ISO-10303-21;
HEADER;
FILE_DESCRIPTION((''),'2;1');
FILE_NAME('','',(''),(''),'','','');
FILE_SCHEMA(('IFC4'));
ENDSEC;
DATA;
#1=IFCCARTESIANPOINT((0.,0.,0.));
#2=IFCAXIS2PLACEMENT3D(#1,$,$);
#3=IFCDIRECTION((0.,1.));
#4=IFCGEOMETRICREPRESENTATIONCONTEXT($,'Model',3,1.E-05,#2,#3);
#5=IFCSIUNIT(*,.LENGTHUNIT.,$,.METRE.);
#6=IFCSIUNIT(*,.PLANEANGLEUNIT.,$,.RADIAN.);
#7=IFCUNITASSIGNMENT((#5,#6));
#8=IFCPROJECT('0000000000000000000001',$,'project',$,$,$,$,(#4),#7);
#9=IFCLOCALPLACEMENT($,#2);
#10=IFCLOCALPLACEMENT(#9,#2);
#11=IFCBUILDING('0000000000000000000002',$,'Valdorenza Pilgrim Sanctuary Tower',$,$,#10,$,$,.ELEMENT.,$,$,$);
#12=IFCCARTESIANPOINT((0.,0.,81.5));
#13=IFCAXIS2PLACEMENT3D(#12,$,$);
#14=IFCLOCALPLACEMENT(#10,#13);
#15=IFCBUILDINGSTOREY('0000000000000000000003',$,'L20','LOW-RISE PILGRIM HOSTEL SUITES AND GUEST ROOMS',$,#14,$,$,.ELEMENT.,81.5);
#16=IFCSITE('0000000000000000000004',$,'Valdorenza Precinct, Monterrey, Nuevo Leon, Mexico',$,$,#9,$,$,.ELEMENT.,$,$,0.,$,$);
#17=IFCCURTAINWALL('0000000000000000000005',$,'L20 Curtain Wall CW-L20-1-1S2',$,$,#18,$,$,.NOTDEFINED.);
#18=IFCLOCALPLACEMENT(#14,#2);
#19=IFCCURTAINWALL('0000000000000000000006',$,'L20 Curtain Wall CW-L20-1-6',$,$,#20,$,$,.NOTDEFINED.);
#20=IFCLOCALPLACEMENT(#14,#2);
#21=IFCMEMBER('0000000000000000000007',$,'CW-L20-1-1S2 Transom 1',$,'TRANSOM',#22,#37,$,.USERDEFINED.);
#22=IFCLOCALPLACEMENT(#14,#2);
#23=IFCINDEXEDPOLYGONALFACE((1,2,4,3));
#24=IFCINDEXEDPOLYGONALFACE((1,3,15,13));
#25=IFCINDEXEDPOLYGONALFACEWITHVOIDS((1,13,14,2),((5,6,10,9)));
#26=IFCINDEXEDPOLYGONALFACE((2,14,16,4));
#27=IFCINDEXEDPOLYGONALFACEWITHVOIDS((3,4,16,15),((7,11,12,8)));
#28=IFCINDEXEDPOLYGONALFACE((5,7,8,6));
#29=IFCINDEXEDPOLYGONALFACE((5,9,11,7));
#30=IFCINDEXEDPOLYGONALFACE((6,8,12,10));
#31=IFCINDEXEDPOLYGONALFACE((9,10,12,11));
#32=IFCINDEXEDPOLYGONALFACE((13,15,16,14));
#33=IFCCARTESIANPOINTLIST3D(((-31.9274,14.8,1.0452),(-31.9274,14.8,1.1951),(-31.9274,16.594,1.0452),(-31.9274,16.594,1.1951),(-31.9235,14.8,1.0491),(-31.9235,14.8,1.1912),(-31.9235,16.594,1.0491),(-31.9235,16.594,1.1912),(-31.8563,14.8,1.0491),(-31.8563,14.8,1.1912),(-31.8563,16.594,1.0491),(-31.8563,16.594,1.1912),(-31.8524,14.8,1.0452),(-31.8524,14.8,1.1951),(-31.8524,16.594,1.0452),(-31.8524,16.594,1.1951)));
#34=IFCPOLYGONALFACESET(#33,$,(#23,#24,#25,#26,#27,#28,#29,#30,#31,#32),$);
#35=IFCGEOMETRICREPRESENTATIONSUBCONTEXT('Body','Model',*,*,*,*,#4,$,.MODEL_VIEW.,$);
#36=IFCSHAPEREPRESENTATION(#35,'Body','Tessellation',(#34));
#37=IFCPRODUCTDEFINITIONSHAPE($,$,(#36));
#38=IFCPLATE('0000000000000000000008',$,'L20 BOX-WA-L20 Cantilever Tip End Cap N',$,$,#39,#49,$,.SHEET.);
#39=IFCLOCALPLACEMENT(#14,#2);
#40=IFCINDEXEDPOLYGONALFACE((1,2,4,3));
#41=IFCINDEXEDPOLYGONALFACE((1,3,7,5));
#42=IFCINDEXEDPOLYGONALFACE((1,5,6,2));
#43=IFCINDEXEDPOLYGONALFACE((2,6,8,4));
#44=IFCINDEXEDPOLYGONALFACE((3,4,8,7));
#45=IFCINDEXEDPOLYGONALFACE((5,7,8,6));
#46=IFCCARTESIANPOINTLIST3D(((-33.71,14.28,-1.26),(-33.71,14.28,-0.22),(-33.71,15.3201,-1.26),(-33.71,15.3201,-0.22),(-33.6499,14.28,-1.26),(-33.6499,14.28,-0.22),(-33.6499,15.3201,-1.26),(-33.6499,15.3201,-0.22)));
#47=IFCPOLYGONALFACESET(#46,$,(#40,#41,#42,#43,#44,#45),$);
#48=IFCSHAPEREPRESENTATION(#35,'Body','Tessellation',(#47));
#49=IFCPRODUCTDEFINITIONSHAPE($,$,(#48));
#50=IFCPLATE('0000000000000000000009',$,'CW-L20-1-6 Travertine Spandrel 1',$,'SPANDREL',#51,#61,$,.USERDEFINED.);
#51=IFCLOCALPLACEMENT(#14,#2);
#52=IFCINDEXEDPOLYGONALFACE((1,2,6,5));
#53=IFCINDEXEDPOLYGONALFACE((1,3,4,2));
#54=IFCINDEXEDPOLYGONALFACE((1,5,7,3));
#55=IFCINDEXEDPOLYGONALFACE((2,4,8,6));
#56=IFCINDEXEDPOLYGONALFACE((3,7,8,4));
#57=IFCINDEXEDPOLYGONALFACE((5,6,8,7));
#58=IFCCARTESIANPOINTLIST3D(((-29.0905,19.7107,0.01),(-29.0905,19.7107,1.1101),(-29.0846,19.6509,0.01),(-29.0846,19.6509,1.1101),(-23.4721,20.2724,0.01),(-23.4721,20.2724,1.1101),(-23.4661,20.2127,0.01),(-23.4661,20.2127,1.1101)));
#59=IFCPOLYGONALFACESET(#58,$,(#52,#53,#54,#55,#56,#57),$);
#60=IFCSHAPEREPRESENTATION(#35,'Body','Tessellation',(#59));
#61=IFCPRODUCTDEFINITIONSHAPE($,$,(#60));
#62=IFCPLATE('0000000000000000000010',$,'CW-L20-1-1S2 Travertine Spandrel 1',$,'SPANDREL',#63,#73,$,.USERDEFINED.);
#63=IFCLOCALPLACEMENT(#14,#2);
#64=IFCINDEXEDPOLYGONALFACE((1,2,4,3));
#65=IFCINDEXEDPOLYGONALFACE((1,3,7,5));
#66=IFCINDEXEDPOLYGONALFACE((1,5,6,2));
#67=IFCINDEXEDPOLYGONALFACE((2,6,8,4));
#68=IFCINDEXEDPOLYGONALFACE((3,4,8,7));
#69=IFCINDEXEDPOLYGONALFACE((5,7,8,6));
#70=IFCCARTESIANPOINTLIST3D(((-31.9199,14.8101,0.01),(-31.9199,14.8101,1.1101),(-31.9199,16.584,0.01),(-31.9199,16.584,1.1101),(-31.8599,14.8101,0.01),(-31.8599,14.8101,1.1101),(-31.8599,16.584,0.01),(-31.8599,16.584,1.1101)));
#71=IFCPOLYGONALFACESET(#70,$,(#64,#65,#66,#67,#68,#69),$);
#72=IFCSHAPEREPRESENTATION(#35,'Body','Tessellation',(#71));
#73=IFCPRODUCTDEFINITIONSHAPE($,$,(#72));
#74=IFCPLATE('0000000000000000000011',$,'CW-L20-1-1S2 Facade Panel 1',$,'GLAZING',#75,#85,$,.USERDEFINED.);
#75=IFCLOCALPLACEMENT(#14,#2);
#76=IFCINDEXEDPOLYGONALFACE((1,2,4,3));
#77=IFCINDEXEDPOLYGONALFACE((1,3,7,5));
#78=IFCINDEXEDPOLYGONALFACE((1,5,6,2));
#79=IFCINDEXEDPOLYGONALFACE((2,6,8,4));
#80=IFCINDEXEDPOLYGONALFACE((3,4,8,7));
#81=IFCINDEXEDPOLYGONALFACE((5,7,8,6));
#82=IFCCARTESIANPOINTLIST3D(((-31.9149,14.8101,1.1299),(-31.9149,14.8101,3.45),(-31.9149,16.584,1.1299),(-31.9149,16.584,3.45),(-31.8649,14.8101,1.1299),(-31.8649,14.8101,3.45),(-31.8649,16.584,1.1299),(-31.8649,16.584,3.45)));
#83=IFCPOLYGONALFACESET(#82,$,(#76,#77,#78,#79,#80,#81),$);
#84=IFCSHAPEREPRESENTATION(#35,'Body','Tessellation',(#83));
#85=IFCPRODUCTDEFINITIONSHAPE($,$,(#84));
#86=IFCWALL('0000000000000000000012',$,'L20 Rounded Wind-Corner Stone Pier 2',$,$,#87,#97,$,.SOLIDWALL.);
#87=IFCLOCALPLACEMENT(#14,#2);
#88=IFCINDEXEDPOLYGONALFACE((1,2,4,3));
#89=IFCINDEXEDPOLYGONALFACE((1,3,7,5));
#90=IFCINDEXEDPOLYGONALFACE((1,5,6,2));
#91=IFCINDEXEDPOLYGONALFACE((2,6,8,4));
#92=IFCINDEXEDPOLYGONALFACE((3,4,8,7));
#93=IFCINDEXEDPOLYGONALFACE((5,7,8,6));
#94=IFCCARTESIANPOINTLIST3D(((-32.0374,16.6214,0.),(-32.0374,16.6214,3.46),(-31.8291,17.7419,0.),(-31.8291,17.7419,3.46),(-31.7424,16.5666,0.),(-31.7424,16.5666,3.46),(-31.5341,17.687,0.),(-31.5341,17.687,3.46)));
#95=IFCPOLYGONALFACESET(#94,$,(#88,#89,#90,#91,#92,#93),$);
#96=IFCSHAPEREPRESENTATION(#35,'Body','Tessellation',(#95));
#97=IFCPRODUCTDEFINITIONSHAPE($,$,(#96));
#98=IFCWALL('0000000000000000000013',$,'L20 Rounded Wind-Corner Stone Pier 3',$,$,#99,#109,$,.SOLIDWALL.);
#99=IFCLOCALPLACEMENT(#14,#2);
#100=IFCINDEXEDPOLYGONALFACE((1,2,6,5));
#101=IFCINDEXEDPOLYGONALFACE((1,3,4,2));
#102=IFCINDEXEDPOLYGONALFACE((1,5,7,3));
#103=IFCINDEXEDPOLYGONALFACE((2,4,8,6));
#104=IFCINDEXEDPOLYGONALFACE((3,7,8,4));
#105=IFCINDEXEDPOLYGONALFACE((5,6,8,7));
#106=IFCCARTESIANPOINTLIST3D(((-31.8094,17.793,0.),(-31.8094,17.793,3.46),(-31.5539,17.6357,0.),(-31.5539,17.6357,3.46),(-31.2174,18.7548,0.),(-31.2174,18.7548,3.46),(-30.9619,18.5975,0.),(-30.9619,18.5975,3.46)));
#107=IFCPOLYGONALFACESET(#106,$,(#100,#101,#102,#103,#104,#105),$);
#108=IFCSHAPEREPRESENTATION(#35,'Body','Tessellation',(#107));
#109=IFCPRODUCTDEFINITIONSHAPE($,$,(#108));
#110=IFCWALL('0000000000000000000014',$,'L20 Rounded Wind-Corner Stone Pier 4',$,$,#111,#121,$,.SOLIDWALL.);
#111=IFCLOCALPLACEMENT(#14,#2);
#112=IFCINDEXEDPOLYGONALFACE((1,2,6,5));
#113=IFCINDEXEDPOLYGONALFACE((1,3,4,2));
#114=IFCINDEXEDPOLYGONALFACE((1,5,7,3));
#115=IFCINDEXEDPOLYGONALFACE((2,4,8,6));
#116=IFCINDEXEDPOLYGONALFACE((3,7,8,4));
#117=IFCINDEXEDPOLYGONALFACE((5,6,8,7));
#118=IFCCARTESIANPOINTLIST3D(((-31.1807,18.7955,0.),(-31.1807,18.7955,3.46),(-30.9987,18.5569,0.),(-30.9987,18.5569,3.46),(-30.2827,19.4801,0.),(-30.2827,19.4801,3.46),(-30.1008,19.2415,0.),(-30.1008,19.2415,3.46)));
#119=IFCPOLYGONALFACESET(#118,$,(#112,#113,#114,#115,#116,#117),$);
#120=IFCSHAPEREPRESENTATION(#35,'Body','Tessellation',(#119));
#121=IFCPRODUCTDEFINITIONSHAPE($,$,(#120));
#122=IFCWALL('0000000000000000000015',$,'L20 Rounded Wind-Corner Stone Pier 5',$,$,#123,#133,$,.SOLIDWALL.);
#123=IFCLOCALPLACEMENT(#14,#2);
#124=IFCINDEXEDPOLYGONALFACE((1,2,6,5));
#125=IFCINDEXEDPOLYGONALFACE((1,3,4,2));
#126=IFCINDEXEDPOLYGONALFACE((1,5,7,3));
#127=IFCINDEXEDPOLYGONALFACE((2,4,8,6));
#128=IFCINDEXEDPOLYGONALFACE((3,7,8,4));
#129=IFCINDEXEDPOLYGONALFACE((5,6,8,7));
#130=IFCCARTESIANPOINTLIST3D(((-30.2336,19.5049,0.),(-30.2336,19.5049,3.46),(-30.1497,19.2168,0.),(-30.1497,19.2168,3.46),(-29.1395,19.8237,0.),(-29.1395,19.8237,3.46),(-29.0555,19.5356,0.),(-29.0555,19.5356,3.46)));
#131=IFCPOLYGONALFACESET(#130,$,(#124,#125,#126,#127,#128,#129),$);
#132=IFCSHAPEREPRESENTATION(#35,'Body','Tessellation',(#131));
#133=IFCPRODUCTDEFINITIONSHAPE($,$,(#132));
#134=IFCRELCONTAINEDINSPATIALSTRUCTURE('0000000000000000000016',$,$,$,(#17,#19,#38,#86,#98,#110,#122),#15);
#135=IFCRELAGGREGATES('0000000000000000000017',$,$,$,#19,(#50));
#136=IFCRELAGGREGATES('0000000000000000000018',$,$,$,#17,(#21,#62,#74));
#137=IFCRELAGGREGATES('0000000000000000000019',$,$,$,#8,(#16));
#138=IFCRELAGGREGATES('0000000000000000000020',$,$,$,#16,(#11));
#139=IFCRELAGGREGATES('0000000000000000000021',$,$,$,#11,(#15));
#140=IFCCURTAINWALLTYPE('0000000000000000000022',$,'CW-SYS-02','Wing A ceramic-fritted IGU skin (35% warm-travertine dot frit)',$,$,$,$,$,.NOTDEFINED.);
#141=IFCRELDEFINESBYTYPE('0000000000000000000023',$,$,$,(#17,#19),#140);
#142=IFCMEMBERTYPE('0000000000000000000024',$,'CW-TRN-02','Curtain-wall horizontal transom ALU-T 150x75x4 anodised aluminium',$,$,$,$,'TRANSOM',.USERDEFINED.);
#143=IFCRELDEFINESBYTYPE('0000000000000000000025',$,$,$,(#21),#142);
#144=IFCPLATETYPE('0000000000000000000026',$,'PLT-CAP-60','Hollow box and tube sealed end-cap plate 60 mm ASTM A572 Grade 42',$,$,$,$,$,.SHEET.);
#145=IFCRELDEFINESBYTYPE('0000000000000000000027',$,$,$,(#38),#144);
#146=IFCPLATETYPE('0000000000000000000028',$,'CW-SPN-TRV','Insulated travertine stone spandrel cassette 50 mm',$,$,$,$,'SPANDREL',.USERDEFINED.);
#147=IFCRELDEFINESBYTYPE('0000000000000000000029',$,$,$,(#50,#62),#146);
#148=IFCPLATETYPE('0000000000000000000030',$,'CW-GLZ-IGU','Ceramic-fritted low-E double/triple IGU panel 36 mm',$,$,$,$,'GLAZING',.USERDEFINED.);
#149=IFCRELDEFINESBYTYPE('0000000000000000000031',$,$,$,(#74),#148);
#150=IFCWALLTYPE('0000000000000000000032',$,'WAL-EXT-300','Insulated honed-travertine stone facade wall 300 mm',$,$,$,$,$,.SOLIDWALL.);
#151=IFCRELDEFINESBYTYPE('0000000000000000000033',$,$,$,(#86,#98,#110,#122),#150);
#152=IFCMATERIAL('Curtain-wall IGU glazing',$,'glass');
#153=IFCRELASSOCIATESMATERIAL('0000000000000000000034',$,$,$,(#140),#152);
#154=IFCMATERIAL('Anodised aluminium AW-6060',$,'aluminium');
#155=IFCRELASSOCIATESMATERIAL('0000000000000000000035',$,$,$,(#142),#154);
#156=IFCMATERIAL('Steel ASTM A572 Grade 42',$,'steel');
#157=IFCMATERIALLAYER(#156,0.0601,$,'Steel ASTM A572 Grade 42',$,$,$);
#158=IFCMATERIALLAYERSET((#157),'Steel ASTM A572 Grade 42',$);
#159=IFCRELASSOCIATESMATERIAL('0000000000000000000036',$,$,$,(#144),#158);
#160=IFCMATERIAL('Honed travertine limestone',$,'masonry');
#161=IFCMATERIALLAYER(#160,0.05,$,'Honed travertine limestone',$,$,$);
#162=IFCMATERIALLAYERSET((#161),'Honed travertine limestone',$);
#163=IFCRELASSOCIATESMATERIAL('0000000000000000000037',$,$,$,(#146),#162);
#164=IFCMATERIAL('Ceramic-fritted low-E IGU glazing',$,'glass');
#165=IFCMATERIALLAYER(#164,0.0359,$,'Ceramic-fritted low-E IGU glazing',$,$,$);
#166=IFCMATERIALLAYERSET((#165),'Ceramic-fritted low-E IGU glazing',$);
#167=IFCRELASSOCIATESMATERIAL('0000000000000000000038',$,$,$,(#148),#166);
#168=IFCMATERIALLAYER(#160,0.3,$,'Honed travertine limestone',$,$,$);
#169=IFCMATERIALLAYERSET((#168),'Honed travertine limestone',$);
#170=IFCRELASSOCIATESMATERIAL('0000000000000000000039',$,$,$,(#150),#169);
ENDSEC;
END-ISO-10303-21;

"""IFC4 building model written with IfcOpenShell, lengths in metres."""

from ifc_helpers import new_model, si_unit, direction, frame, frame_2d, origin, origin_2d, place, context, subcontext, project, spatial, rectangle, hollow_rectangle, extrude, source, transform, mapped, material, layer, layer_set, material_profile, profile_set, type_object, element, aggregate, save


model = new_model("IFC4")

# Units and contexts
model_context = context("Model", 3, precision=1e-05, world=origin(), true_north=direction((0.0, 1.0)))
body_context = subcontext(model_context, "Body", "Model", "MODEL_VIEW")
ifc_project = project(units=[si_unit("LENGTHUNIT", "METRE"), si_unit("PLANEANGLEUNIT", "RADIAN")], contexts=[model_context])

# Site, building, storey
site_placement = place(None, origin())
site = spatial("IfcSite", under=ifc_project, at=site_placement, Name="Valdorenza Precinct, Monterrey, Nuevo Leon, Mexico", CompositionType="ELEMENT", RefElevation=0.0)
building_placement = place(site_placement, origin())
building = spatial("IfcBuilding", under=site, at=building_placement, Name="Valdorenza Pilgrim Sanctuary Tower", CompositionType="ELEMENT")
storey_placement = place(building_placement, frame((0.0, 0.0, 81.5)))
storey = spatial("IfcBuildingStorey", under=building, at=storey_placement, Name="L20", Description="LOW-RISE PILGRIM HOSTEL SUITES AND GUEST ROOMS", CompositionType="ELEMENT", Elevation=81.5)

# Shared definitions
ifc_material_1 = material(Name="Steel ASTM A572 Grade 42", Category="steel")

# Curtain walls
ifc_material_2 = material(Name="Curtain-wall IGU glazing", Category="glass")
curtain_wall_type = type_object("IfcCurtainWallType", Name="CW-SYS-02", Description="Wing A ceramic-fritted IGU skin (35% warm-travertine dot frit)", PredefinedType="NOTDEFINED", material=ifc_material_2)
curtain_wall_1_placement = place(storey_placement, origin())
curtain_wall_1 = element("IfcCurtainWall", 1, at=curtain_wall_1_placement, inside=storey, type_object=curtain_wall_type, Name="L20 Curtain Wall CW-L20-1-1S2", PredefinedType="NOTDEFINED")
ifc_material_3 = material(Name="Anodised aluminium AW-6060", Category="aluminium")
curtain_wall_2_placement = place(storey_placement, origin())
curtain_wall_2 = element("IfcCurtainWall", 2, at=curtain_wall_2_placement, inside=storey, type_object=curtain_wall_type, Name="L20 Curtain Wall CW-L20-1-6", PredefinedType="NOTDEFINED")
ifc_material_profile_1 = material_profile(ifc_material_3, hollow_rectangle(XDim=0.075, YDim=0.1499, WallThickness=0.0039, at=origin_2d()), Name="ALU-T 150x75x4")
ifc_profile_set_1 = profile_set([ifc_material_profile_1], Name="Anodised aluminium AW-6060")
member_type_1 = type_object("IfcMemberType", Name="CW-TRN-02", Description="Curtain-wall horizontal transom ALU-T 150x75x4 anodised aluminium", ElementType="TRANSOM", PredefinedType="USERDEFINED", material=ifc_profile_set_1)

# Member
shared_shape_1 = source(origin(), body_context, "Body", "SweptSolid", [
    extrude(hollow_rectangle(XDim=0.075, YDim=0.1499, WallThickness=0.0039, at=origin_2d()), origin(), (0.0, 0.0, 1.0), 1.7939),
])
member_1_placement = place(storey_placement, frame((-31.8899, 14.8, 1.1201), z_axis=(0.0, 1.0, 0.0), x_axis=(-1.0, 0.0, 0.0)))
member_1 = element("IfcMember", 3, at=member_1_placement, type_object=member_type_1, Name="CW-L20-1-1S2 Transom 1", ObjectType="TRANSOM", PredefinedType="USERDEFINED", context=body_context, shape_type="MappedRepresentation", body=[
    mapped(shared_shape_1, transform((0.0, 0.0, 0.0), x_axis=(1.0, 0.0, 0.0), y_axis=(0.0, 1.0, 0.0), z_axis=(0.0, 0.0, 1.0), scale=1.0)),
])

# Plates
ifc_layer_1 = layer(ifc_material_1, 0.0601, Name="Steel ASTM A572 Grade 42")
ifc_layer_set_1 = layer_set([ifc_layer_1], Name="Steel ASTM A572 Grade 42")
plate_type_1 = type_object("IfcPlateType", Name="PLT-CAP-60", Description="Hollow box and tube sealed end-cap plate 60 mm ASTM A572 Grade 42", PredefinedType="SHEET", material=ifc_layer_set_1)
shared_shape_2 = source(origin(), body_context, "Body", "SweptSolid", [
    extrude(rectangle(XDim=0.0601, YDim=1.04, at=origin_2d()), origin(), (0.0, 0.0, 1.0), 1.04),
])
plate_1_placement = place(storey_placement, frame((-33.6799, 14.8, -1.26), z_axis=(0.0, 0.0, 1.0), x_axis=(1.0, 0.0, 0.0)))
element("IfcPlate", 4, at=plate_1_placement, inside=storey, type_object=plate_type_1, Name="L20 BOX-WA-L20 Cantilever Tip End Cap N", PredefinedType="SHEET", context=body_context, shape_type="MappedRepresentation", body=[
    mapped(shared_shape_2, transform((0.0, 0.0, 0.0), x_axis=(1.0, 0.0, 0.0), y_axis=(0.0, 1.0, 0.0), z_axis=(0.0, 0.0, 1.0), scale=1.0)),
])
ifc_material_4 = material(Name="Honed travertine limestone", Category="masonry")
ifc_layer_2 = layer(ifc_material_4, 0.05, Name="Honed travertine limestone")
ifc_layer_set_2 = layer_set([ifc_layer_2], Name="Honed travertine limestone")
plate_type_2 = type_object("IfcPlateType", Name="CW-SPN-TRV", Description="Insulated travertine stone spandrel cassette 50 mm", ElementType="SPANDREL", PredefinedType="USERDEFINED", material=ifc_layer_set_2)
shared_shape_3 = source(origin(), body_context, "Body", "SweptSolid", [
    extrude(rectangle(XDim=5.6465, YDim=0.0601, at=origin_2d()), origin(), (0.0, 0.0, 1.0), 1.1001),
])
plate_2_placement = place(storey_placement, frame((-26.2783, 19.9617, 0.01), z_axis=(0.0, 0.0, 1.0), x_axis=(0.995038, 0.099493, 0.0)))
plate_2 = element("IfcPlate", 5, at=plate_2_placement, type_object=plate_type_2, Name="CW-L20-1-6 Travertine Spandrel 1", ObjectType="SPANDREL", PredefinedType="USERDEFINED", context=body_context, shape_type="MappedRepresentation", body=[
    mapped(shared_shape_3, transform((0.0, 0.0, 0.0), x_axis=(1.0, 0.0, 0.0), y_axis=(0.0, 1.0, 0.0), z_axis=(0.0, 0.0, 1.0), scale=1.0)),
])
aggregate(curtain_wall_2, [plate_2])
shared_shape_4 = source(origin(), body_context, "Body", "SweptSolid", [
    extrude(rectangle(XDim=1.7739, YDim=0.0601, at=origin_2d()), origin(), (0.0, 0.0, 1.0), 1.1001),
])
plate_3_placement = place(storey_placement, frame((-31.8899, 15.697, 0.01), z_axis=(0.0, 0.0, 1.0), x_axis=(0.0, 1.0, 0.0)))
plate_3 = element("IfcPlate", 6, at=plate_3_placement, type_object=plate_type_2, Name="CW-L20-1-1S2 Travertine Spandrel 1", ObjectType="SPANDREL", PredefinedType="USERDEFINED", context=body_context, shape_type="MappedRepresentation", body=[
    mapped(shared_shape_4, transform((0.0, 0.0, 0.0), x_axis=(1.0, 0.0, 0.0), y_axis=(0.0, 1.0, 0.0), z_axis=(0.0, 0.0, 1.0), scale=1.0)),
])
ifc_material_5 = material(Name="Ceramic-fritted low-E IGU glazing", Category="glass")
ifc_layer_3 = layer(ifc_material_5, 0.0359, Name="Ceramic-fritted low-E IGU glazing")
ifc_layer_set_3 = layer_set([ifc_layer_3], Name="Ceramic-fritted low-E IGU glazing")
plate_type_3 = type_object("IfcPlateType", Name="CW-GLZ-IGU", Description="Ceramic-fritted low-E double/triple IGU panel 36 mm", ElementType="GLAZING", PredefinedType="USERDEFINED", material=ifc_layer_set_3)
shared_shape_5 = source(origin(), body_context, "Body", "SweptSolid", [
    extrude(rectangle(XDim=1.7739, YDim=0.05, at=origin_2d()), origin(), (0.0, 0.0, 1.0), 2.3201),
])
plate_4_placement = place(storey_placement, frame((-31.8899, 15.697, 1.1299), z_axis=(0.0, 0.0, 1.0), x_axis=(0.0, 1.0, 0.0)))
plate_4 = element("IfcPlate", 7, at=plate_4_placement, type_object=plate_type_3, Name="CW-L20-1-1S2 Facade Panel 1", ObjectType="GLAZING", PredefinedType="USERDEFINED", context=body_context, shape_type="MappedRepresentation", body=[
    mapped(shared_shape_5, transform((0.0, 0.0, 0.0), x_axis=(1.0, 0.0, 0.0), y_axis=(0.0, 1.0, 0.0), z_axis=(0.0, 0.0, 1.0), scale=1.0)),
])
aggregate(curtain_wall_1, [member_1, plate_3, plate_4])

# Walls
ifc_layer_4 = layer(ifc_material_4, 0.3, Name="Honed travertine limestone")
ifc_layer_set_4 = layer_set([ifc_layer_4], Name="Honed travertine limestone")
wall_type = type_object("IfcWallType", Name="WAL-EXT-300", Description="Insulated honed-travertine stone facade wall 300 mm", PredefinedType="SOLIDWALL", material=ifc_layer_set_4)
wall_1_placement = place(storey_placement, frame((-31.8899, 16.594, 0.0), z_axis=(0.0, 0.0, 1.0), x_axis=(0.182749, 0.98316, 0.0)))
element("IfcWall", 8, at=wall_1_placement, inside=storey, type_object=wall_type, Name="L20 Rounded Wind-Corner Stone Pier 2", PredefinedType="SOLIDWALL", context=body_context, shape_type="SweptSolid", body=[
    extrude(rectangle(XDim=1.1396, YDim=0.3, at=frame_2d((0.5698, 0.0))), origin(), (0.0, 0.0, 1.0), 3.46),
])
wall_2_placement = place(storey_placement, frame((-31.6816, 17.7144, 0.0), z_axis=(0.0, 0.0, 1.0), x_axis=(0.524158, 0.851621, 0.0)))
element("IfcWall", 9, at=wall_2_placement, inside=storey, type_object=wall_type, Name="L20 Rounded Wind-Corner Stone Pier 3", PredefinedType="SOLIDWALL", context=body_context, shape_type="SweptSolid", body=[
    extrude(rectangle(XDim=1.1294, YDim=0.3, at=frame_2d((0.5647, 0.0))), origin(), (0.0, 0.0, 1.0), 3.46),
])
wall_3_placement = place(storey_placement, frame((-31.0896, 18.6763, 0.0), z_axis=(0.0, 0.0, 1.0), x_axis=(0.795253, 0.606278, 0.0)))
element("IfcWall", 10, at=wall_3_placement, inside=storey, type_object=wall_type, Name="L20 Rounded Wind-Corner Stone Pier 4", PredefinedType="SOLIDWALL", context=body_context, shape_type="SweptSolid", body=[
    extrude(rectangle(XDim=1.1292, YDim=0.3, at=frame_2d((0.5645, 0.0))), origin(), (0.0, 0.0, 1.0), 3.46),
])
wall_4_placement = place(storey_placement, frame((-30.1917, 19.3608, 0.0), z_axis=(0.0, 0.0, 1.0), x_axis=(0.960072, 0.279753, 0.0)))
element("IfcWall", 11, at=wall_4_placement, inside=storey, type_object=wall_type, Name="L20 Rounded Wind-Corner Stone Pier 5", PredefinedType="SOLIDWALL", context=body_context, shape_type="SweptSolid", body=[
    extrude(rectangle(XDim=1.1396, YDim=0.3, at=frame_2d((0.5698, 0.0))), origin(), (0.0, 0.0, 1.0), 3.46),
])

save(model, "model.ifc")
